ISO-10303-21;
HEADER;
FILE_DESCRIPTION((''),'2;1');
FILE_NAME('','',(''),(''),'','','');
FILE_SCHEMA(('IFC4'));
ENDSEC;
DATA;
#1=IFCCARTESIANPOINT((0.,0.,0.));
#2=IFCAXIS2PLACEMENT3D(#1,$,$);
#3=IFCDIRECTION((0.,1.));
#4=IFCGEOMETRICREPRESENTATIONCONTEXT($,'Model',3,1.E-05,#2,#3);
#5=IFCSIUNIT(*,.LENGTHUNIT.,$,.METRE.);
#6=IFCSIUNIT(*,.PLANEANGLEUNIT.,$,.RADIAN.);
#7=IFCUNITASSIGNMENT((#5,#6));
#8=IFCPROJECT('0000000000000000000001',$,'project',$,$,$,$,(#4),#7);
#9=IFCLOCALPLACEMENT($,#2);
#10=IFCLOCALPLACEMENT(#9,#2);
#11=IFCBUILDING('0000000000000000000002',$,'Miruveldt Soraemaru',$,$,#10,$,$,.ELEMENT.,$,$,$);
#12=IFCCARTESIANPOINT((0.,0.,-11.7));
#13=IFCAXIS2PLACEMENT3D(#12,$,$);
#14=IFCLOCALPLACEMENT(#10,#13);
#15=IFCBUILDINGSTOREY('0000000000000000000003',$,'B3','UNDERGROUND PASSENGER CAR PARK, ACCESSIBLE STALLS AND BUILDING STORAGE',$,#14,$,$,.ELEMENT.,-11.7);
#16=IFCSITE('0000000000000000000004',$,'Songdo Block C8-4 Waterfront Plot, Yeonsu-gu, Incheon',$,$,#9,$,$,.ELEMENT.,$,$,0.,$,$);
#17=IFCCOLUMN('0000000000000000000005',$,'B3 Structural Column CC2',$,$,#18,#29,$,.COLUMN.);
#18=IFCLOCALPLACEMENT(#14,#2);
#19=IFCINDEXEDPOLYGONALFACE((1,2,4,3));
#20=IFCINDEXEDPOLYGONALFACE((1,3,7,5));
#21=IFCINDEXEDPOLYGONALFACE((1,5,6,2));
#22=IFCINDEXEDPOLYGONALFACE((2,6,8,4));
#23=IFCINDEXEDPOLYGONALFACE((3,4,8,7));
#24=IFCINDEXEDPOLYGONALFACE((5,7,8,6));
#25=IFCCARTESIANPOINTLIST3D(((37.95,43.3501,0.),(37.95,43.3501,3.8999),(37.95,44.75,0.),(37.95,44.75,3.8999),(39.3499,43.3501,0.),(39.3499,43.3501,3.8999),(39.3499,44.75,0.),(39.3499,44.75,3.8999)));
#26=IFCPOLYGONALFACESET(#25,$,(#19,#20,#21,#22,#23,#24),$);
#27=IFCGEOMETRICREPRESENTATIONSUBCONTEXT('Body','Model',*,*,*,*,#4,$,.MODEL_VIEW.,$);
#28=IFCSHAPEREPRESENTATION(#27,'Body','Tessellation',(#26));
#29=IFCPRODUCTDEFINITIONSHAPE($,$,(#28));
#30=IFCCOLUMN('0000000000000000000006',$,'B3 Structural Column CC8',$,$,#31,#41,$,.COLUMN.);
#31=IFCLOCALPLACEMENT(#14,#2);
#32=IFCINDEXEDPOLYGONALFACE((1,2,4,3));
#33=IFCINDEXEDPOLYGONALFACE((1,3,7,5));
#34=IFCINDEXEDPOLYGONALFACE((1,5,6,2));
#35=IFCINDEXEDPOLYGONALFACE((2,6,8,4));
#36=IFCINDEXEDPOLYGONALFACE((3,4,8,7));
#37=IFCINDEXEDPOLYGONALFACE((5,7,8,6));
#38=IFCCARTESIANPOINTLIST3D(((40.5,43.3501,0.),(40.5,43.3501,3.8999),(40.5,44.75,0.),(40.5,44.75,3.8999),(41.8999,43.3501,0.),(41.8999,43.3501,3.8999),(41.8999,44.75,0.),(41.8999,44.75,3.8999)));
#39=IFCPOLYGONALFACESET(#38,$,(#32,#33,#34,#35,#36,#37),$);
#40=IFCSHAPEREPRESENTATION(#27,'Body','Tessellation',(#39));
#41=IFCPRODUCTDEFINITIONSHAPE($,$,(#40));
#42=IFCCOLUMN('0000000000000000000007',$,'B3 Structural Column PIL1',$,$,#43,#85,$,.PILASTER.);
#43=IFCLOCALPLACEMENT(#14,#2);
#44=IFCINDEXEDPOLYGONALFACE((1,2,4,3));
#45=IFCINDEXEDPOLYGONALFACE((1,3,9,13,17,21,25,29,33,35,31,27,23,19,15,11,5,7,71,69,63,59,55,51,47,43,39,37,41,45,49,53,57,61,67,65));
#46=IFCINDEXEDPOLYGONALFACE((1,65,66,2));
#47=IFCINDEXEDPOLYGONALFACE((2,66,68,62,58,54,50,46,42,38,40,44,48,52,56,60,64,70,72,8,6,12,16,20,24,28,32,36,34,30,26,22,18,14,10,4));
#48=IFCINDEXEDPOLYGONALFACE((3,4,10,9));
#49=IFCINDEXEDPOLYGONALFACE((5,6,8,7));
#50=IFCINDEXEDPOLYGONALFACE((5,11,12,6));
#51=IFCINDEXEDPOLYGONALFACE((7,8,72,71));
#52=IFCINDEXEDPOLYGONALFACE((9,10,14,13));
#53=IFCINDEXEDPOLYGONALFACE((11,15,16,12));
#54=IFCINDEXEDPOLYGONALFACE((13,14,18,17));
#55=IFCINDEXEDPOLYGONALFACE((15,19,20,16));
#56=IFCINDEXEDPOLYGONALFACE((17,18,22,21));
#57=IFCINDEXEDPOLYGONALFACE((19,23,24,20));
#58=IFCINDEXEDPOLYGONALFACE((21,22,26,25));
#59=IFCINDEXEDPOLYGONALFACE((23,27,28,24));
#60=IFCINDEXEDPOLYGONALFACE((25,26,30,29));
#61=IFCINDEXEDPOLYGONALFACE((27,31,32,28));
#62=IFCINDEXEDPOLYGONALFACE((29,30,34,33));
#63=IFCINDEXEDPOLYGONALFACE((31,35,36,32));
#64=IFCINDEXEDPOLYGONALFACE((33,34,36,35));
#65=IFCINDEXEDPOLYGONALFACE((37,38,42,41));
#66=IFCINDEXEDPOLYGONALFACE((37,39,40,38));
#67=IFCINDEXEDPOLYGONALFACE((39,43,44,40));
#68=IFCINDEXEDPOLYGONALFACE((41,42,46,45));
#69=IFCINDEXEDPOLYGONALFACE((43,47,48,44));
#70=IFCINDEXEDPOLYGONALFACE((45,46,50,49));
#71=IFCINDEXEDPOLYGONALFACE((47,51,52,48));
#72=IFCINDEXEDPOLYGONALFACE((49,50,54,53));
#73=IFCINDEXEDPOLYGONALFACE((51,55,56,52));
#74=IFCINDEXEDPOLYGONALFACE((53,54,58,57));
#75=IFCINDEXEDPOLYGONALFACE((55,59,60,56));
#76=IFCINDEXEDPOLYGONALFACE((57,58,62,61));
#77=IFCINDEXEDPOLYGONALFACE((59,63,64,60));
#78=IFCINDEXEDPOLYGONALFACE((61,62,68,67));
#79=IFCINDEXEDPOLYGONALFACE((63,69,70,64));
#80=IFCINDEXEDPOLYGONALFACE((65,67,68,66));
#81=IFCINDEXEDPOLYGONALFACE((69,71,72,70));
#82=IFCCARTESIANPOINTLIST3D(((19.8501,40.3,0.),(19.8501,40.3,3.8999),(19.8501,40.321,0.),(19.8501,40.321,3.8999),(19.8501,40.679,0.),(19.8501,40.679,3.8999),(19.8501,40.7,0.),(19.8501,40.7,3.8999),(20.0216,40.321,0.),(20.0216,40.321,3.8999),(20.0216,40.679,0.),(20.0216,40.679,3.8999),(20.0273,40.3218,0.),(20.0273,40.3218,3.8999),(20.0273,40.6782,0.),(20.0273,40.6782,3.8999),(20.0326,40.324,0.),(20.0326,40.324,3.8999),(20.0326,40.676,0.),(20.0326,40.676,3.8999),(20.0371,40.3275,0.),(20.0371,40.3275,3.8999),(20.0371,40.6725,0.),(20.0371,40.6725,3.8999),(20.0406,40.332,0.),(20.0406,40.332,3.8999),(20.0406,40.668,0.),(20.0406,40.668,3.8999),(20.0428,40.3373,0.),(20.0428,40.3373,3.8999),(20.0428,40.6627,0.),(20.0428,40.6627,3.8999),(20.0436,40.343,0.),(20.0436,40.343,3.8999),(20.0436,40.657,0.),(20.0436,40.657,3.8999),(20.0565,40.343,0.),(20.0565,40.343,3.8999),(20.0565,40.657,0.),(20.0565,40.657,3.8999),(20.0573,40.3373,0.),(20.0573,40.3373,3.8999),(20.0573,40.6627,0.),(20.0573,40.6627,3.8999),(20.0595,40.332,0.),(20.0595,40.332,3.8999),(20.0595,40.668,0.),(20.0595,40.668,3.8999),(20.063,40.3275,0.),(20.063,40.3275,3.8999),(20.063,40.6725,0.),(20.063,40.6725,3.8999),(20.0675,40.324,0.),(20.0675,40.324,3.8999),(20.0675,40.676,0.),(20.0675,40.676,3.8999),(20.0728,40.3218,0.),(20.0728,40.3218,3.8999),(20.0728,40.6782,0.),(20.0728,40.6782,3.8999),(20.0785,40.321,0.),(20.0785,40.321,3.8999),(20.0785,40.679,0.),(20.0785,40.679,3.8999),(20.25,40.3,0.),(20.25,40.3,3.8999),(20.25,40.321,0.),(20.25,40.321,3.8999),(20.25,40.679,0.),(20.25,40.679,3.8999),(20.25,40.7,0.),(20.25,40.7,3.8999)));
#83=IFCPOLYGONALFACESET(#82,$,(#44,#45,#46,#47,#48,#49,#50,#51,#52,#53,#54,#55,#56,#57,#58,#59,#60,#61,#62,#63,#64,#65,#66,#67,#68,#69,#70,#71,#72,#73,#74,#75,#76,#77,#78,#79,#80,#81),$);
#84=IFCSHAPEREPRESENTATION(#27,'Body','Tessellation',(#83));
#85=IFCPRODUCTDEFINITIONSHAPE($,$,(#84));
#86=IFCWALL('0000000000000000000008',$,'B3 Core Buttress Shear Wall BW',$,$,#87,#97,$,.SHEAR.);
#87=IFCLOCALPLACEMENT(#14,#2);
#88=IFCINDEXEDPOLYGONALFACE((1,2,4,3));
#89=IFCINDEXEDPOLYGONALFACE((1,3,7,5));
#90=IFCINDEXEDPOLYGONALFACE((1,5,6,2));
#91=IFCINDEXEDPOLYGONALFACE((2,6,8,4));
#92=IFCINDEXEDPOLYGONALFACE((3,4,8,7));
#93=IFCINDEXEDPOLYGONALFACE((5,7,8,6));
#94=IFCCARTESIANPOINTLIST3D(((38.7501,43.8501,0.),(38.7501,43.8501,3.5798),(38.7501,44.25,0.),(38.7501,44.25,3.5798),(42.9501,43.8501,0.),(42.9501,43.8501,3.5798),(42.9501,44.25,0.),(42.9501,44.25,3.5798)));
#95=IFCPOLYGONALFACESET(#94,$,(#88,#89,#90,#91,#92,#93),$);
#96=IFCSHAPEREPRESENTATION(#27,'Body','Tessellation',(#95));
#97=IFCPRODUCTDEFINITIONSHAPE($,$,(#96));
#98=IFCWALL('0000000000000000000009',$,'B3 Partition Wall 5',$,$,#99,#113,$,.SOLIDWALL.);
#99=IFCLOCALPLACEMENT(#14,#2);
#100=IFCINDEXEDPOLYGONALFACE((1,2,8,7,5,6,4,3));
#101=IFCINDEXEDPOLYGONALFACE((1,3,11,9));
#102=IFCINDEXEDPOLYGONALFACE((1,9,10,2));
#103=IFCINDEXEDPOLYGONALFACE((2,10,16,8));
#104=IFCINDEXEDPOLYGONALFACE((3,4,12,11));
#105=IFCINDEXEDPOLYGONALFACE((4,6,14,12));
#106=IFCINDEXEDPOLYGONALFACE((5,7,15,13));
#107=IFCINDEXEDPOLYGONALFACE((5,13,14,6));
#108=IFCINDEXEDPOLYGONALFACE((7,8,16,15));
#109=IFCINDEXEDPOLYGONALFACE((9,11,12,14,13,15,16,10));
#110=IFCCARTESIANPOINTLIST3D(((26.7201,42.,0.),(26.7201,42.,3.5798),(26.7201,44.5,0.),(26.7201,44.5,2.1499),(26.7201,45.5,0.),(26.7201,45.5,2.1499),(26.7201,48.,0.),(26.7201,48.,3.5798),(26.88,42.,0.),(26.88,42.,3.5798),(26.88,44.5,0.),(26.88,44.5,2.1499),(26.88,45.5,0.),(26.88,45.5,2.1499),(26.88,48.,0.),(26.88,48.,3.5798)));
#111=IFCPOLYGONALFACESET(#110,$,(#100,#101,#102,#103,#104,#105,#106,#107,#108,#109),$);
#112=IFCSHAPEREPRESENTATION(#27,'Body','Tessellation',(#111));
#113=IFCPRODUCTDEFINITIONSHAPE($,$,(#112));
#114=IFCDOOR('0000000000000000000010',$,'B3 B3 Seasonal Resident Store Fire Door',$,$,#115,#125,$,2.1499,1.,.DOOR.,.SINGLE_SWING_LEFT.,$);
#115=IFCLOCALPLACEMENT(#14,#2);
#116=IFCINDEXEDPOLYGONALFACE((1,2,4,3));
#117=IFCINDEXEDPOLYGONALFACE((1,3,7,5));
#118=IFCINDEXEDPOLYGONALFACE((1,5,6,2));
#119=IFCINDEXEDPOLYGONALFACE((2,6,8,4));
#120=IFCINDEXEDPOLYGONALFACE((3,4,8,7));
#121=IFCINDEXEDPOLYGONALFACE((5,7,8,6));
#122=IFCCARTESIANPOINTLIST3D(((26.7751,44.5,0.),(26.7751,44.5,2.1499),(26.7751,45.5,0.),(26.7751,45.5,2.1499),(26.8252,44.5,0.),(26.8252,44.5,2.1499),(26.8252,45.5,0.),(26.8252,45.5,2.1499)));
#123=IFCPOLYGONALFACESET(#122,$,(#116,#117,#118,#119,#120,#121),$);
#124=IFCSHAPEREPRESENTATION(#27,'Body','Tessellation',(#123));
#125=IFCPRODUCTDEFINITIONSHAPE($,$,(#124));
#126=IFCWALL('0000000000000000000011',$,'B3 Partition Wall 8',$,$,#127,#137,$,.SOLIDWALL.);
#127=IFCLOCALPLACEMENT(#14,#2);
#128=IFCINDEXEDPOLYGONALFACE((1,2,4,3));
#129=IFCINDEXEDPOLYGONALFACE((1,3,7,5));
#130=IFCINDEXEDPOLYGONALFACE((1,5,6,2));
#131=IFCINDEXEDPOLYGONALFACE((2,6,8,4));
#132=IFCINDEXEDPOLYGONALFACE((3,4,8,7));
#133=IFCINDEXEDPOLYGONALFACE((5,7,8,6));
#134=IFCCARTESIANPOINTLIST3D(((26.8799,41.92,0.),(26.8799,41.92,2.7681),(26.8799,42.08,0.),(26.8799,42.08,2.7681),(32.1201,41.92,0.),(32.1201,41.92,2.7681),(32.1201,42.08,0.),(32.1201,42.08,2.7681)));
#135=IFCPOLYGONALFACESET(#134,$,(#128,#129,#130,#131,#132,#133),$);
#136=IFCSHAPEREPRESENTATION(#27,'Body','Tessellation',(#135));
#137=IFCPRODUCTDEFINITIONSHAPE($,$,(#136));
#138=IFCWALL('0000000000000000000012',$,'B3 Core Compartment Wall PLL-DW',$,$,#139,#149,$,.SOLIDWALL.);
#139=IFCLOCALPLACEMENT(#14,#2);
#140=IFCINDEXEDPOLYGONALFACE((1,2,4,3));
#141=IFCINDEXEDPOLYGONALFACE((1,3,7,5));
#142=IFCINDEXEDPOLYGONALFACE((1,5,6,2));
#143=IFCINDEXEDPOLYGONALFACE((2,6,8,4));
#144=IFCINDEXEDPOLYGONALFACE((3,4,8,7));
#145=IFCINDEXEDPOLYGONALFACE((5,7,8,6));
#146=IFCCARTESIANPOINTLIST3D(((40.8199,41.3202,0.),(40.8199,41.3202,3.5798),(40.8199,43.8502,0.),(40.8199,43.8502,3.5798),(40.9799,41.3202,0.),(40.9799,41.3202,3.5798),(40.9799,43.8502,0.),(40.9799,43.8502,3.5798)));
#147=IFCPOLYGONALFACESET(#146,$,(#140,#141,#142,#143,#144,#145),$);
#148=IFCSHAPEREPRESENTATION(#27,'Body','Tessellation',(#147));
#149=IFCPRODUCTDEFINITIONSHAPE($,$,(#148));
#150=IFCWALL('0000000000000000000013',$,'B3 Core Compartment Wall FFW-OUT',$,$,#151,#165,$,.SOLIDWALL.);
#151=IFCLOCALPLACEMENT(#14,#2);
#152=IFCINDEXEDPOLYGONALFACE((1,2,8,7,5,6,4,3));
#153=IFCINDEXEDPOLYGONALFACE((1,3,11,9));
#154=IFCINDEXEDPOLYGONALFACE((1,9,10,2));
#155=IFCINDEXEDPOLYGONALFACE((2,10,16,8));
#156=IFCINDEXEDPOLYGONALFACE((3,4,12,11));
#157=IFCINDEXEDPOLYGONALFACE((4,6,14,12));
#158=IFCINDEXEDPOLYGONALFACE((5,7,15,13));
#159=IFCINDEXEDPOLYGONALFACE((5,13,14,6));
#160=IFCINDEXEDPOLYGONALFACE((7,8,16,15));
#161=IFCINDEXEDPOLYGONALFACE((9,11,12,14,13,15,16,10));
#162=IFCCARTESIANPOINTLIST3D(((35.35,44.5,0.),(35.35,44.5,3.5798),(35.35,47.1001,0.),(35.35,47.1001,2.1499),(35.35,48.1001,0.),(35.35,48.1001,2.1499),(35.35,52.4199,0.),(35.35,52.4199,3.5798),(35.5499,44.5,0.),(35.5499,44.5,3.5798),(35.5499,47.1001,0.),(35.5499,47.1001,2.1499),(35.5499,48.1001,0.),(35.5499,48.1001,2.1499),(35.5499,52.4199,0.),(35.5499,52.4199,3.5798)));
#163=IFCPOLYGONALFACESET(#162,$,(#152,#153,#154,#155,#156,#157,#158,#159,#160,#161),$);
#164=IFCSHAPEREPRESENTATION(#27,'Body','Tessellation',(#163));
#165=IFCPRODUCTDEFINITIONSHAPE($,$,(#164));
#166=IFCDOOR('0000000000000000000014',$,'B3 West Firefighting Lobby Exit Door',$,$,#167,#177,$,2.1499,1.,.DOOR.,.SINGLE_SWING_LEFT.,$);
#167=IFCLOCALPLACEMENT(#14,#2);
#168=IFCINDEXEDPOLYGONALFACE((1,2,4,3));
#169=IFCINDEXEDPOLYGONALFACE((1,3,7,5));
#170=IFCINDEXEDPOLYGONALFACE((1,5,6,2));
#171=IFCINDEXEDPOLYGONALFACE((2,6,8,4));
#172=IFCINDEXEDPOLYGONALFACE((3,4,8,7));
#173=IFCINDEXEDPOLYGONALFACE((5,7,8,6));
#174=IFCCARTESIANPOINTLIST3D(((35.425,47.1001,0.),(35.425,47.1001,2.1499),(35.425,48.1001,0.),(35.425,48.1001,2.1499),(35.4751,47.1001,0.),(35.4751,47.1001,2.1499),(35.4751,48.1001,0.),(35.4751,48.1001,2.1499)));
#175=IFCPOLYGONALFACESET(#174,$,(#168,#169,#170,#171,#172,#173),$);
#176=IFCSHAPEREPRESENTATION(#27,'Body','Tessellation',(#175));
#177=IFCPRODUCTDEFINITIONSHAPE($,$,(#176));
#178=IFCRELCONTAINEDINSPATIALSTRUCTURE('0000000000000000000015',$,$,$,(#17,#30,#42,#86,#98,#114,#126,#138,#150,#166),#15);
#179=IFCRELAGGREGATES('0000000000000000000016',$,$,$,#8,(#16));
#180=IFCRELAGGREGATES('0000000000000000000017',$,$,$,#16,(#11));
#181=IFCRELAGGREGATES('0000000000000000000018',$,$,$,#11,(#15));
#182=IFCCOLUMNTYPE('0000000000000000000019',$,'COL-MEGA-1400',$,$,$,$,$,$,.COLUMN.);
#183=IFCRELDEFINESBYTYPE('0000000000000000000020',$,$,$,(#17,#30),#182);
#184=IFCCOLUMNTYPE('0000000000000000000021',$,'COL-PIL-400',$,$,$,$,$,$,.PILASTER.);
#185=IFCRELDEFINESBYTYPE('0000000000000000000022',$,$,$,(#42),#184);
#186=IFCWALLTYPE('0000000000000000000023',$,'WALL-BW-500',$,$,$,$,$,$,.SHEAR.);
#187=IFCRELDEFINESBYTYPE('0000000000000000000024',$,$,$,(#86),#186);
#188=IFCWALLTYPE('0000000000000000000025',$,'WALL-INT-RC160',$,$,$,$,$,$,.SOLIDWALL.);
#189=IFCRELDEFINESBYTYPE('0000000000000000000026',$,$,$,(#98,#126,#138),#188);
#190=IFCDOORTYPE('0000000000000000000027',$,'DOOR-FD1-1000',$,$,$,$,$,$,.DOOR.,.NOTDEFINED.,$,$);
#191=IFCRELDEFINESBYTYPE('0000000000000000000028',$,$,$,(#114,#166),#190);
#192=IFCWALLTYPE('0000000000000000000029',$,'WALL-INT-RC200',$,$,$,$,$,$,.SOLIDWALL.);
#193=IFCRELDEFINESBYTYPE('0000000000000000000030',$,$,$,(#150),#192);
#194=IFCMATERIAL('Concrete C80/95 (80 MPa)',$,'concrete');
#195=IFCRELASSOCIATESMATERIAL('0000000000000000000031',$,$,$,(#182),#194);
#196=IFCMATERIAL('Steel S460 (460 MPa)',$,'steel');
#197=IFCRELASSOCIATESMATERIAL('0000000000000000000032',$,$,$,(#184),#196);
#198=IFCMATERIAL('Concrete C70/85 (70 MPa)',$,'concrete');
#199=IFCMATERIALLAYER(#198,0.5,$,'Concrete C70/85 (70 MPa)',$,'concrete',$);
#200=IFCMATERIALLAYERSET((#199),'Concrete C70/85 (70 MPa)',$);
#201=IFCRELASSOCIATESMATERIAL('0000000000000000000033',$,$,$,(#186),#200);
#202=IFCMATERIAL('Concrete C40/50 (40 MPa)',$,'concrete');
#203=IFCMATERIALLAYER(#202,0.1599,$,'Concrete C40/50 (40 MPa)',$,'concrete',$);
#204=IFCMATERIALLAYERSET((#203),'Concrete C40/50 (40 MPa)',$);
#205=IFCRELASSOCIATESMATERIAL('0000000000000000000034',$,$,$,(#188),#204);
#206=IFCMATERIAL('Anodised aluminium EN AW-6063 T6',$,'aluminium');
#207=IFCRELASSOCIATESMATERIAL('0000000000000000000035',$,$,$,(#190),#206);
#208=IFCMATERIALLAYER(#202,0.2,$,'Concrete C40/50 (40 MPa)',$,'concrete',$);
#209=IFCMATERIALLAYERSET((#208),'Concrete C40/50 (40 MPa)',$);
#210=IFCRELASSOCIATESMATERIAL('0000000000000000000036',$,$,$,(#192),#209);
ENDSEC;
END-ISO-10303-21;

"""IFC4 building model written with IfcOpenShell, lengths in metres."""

from ifc_helpers import new_model, si_unit, direction, frame, frame_2d, origin, origin_2d, place, context, subcontext, project, spatial, rectangle, i_section, extrude, material, layer, layer_set, material_profile, profile_set, type_object, element, fill, save


model = new_model("IFC4")

# Units and contexts
model_context = context("Model", 3, precision=1e-05, world=origin(), true_north=direction((0.0, 1.0)))
body_context = subcontext(model_context, "Body", "Model", "MODEL_VIEW")
ifc_project = project(units=[si_unit("LENGTHUNIT", "METRE"), si_unit("PLANEANGLEUNIT", "RADIAN")], contexts=[model_context])

# Site, building, storey
site_placement = place(None, origin())
site = spatial("IfcSite", under=ifc_project, at=site_placement, Name="Songdo Block C8-4 Waterfront Plot, Yeonsu-gu, Incheon", CompositionType="ELEMENT", RefElevation=0.0)
building_placement = place(site_placement, origin())
building = spatial("IfcBuilding", under=site, at=building_placement, Name="Miruveldt Soraemaru", CompositionType="ELEMENT")
storey_placement = place(building_placement, frame((0.0, 0.0, -11.7)))
storey = spatial("IfcBuildingStorey", under=building, at=storey_placement, Name="B3", Description="UNDERGROUND PASSENGER CAR PARK, ACCESSIBLE STALLS AND BUILDING STORAGE", CompositionType="ELEMENT", Elevation=-11.7)

# Columns
ifc_material_1 = material(Name="Concrete C80/95 (80 MPa)", Category="concrete")
ifc_material_profile_1 = material_profile(ifc_material_1, rectangle(XDim=1.3999, YDim=1.3999, at=origin_2d()), Name="Concrete C80/95 (80 MPa)", Category="concrete")
ifc_profile_set_1 = profile_set([ifc_material_profile_1], Name="Concrete C80/95 (80 MPa)")
column_type_1 = type_object("IfcColumnType", Name="COL-MEGA-1400", PredefinedType="COLUMN", material=ifc_profile_set_1)
for number, where, z_axis, x_axis, name in (
    (1, (38.6499, 44.05, 0.0), (0.0, 0.0, 1.0), (1.0, 0.0, 0.0), "B3 Structural Column CC2"),
    (2, (41.2, 44.05, 0.0), (0.0, 0.0, 1.0), (1.0, 0.0, 0.0), "B3 Structural Column CC8"),
):
    element("IfcColumn", number, at=place(storey_placement, frame(where, z_axis=z_axis, x_axis=x_axis)), inside=storey, type_object=column_type_1, Name=name, PredefinedType="COLUMN", context=body_context, shape_type="SweptSolid", body=[
        extrude(rectangle(XDim=1.3999, YDim=1.3999, at=origin_2d()), origin(), (0.0, 0.0, 1.0), 3.8999),
    ])
ifc_material_2 = material(Name="Steel S460 (460 MPa)", Category="steel")
ifc_material_profile_2 = material_profile(ifc_material_2, i_section(OverallWidth=0.3999, OverallDepth=0.3999, WebThickness=0.0129, FlangeThickness=0.021, FilletRadius=0.022, at=origin_2d()), Name="Steel S460 (460 MPa)", Category="steel")
ifc_profile_set_2 = profile_set([ifc_material_profile_2], Name="Steel S460 (460 MPa)")
column_type_2 = type_object("IfcColumnType", Name="COL-PIL-400", PredefinedType="PILASTER", material=ifc_profile_set_2)
column_placement = place(storey_placement, frame((20.05, 40.5, 0.0), z_axis=(0.0, 0.0, 1.0), x_axis=(1.0, 0.0, 0.0)))
element("IfcColumn", 3, at=column_placement, inside=storey, type_object=column_type_2, Name="B3 Structural Column PIL1", PredefinedType="PILASTER", context=body_context, shape_type="SweptSolid", body=[
    extrude(i_section(OverallWidth=0.3999, OverallDepth=0.3999, WebThickness=0.0129, FlangeThickness=0.021, FilletRadius=0.022, at=origin_2d()), origin(), (0.0, 0.0, 1.0), 3.8999),
])

# Wall
ifc_material_3 = material(Name="Concrete C70/85 (70 MPa)", Category="concrete")
ifc_layer_1 = layer(ifc_material_3, 0.5, Name="Concrete C70/85 (70 MPa)", Category="concrete")
ifc_layer_set_1 = layer_set([ifc_layer_1], Name="Concrete C70/85 (70 MPa)")
wall_type_1 = type_object("IfcWallType", Name="WALL-BW-500", PredefinedType="SHEAR", material=ifc_layer_set_1)
wall_1_placement = place(storey_placement, frame((38.75, 44.05, 0.0), z_axis=(0.0, 0.0, 1.0), x_axis=(1.0, 0.0, 0.0)))
element("IfcWall", 4, at=wall_1_placement, inside=storey, type_object=wall_type_1, Name="B3 Core Buttress Shear Wall BW", PredefinedType="SHEAR", context=body_context, shape_type="SweptSolid", body=[
    extrude(rectangle(XDim=4.2, YDim=0.3999, at=frame_2d((2.1001, 0.0))), origin(), (0.0, 0.0, 1.0), 3.5798),
])

# Wall, opening, door
ifc_material_4 = material(Name="Concrete C40/50 (40 MPa)", Category="concrete")
ifc_layer_2 = layer(ifc_material_4, 0.1599, Name="Concrete C40/50 (40 MPa)", Category="concrete")
ifc_layer_set_2 = layer_set([ifc_layer_2], Name="Concrete C40/50 (40 MPa)")
wall_type_2 = type_object("IfcWallType", Name="WALL-INT-RC160", PredefinedType="SOLIDWALL", material=ifc_layer_set_2)
wall_2_placement = place(storey_placement, frame((26.8, 42.0, 0.0), z_axis=(0.0, 0.0, 1.0), x_axis=(0.0, 1.0, 0.0)))
wall_2 = element("IfcWall", 5, at=wall_2_placement, inside=storey, type_object=wall_type_2, Name="B3 Partition Wall 5", PredefinedType="SOLIDWALL", context=body_context, shape_type="SweptSolid", body=[
    extrude(rectangle(XDim=6.0, YDim=0.1599, at=frame_2d((3.0, 0.0))), origin(), (0.0, 0.0, 1.0), 3.5798),
])
opening_1_placement = place(wall_2_placement, frame((2.5, 0.0, 0.0)))
opening_1 = element("IfcOpeningElement", 6, at=opening_1_placement, cuts=wall_2, PredefinedType="OPENING", context=body_context, shape_type="SweptSolid", body=[
    extrude(rectangle(XDim=1.0, YDim=2.1499, at=frame_2d((0.5, 1.075))), frame((0.0, 0.0898, 0.0), z_axis=(0.0, -1.0, 0.0), x_axis=(1.0, 0.0, 0.0)), (0.0, 0.0, 1.0), 0.1799),
])
ifc_material_5 = material(Name="Anodised aluminium EN AW-6063 T6", Category="aluminium")
door_type_1 = type_object("IfcDoorType", Name="DOOR-FD1-1000", OperationType="NOTDEFINED", PredefinedType="DOOR", material=ifc_material_5)
door_1_placement = place(opening_1_placement, origin())
door_1 = element("IfcDoor", 7, at=door_1_placement, inside=storey, type_object=door_type_1, Name="B3 B3 Seasonal Resident Store Fire Door", OperationType="SINGLE_SWING_LEFT", OverallHeight=2.1499, OverallWidth=1.0, PredefinedType="DOOR", context=body_context, shape_type="SweptSolid", body=[
    extrude(rectangle(XDim=1.0, YDim=2.1499, at=frame_2d((0.5, 1.075))), frame((0.0, 0.0249, 0.0), z_axis=(0.0, -1.0, 0.0), x_axis=(1.0, 0.0, 0.0)), (0.0, 0.0, 1.0), 0.05),
])
fill(opening_1, door_1)

# Walls
wall_3_placement = place(storey_placement, frame((32.1201, 42.0, 0.0), z_axis=(0.0, 0.0, 1.0), x_axis=(-1.0, 0.0, 0.0)))
element("IfcWall", 8, at=wall_3_placement, inside=storey, type_object=wall_type_2, Name="B3 Partition Wall 8", PredefinedType="SOLIDWALL", context=body_context, shape_type="SweptSolid", body=[
    extrude(rectangle(XDim=5.2402, YDim=0.1599, at=frame_2d((2.6201, 0.0))), origin(), (0.0, 0.0, 1.0), 2.7681),
])
wall_4_placement = place(storey_placement, frame((40.8999, 41.3201, 0.0), z_axis=(0.0, 0.0, 1.0), x_axis=(0.0, 1.0, 0.0)))
element("IfcWall", 9, at=wall_4_placement, inside=storey, type_object=wall_type_2, Name="B3 Core Compartment Wall PLL-DW", PredefinedType="SOLIDWALL", context=body_context, shape_type="SweptSolid", body=[
    extrude(rectangle(XDim=2.53, YDim=0.1599, at=frame_2d((1.2651, 0.0))), origin(), (0.0, 0.0, 1.0), 3.5798),
])

# Wall, opening, door
ifc_layer_3 = layer(ifc_material_4, 0.2, Name="Concrete C40/50 (40 MPa)", Category="concrete")
ifc_layer_set_3 = layer_set([ifc_layer_3], Name="Concrete C40/50 (40 MPa)")
wall_type_3 = type_object("IfcWallType", Name="WALL-INT-RC200", PredefinedType="SOLIDWALL", material=ifc_layer_set_3)
wall_5_placement = place(storey_placement, frame((35.45, 44.5, 0.0), z_axis=(0.0, 0.0, 1.0), x_axis=(0.0, 1.0, 0.0)))
wall_5 = element("IfcWall", 10, at=wall_5_placement, inside=storey, type_object=wall_type_3, Name="B3 Core Compartment Wall FFW-OUT", PredefinedType="SOLIDWALL", context=body_context, shape_type="SweptSolid", body=[
    extrude(rectangle(XDim=7.9199, YDim=0.2, at=frame_2d((3.96, 0.0))), origin(), (0.0, 0.0, 1.0), 3.5798),
])
opening_2_placement = place(wall_5_placement, frame((2.6001, 0.0, 0.0)))
opening_2 = element("IfcOpeningElement", 11, at=opening_2_placement, cuts=wall_5, PredefinedType="OPENING", context=body_context, shape_type="SweptSolid", body=[
    extrude(rectangle(XDim=1.0, YDim=2.1499, at=frame_2d((0.5, 1.075))), frame((0.0, 0.1099, 0.0), z_axis=(0.0, -1.0, 0.0), x_axis=(1.0, 0.0, 0.0)), (0.0, 0.0, 1.0), 0.22),
])
door_2_placement = place(opening_2_placement, origin())
door_2 = element("IfcDoor", 12, at=door_2_placement, inside=storey, type_object=door_type_1, Name="B3 West Firefighting Lobby Exit Door", OperationType="SINGLE_SWING_LEFT", OverallHeight=2.1499, OverallWidth=1.0, PredefinedType="DOOR", context=body_context, shape_type="SweptSolid", body=[
    extrude(rectangle(XDim=1.0, YDim=2.1499, at=frame_2d((0.5, 1.075))), frame((0.0, 0.0249, 0.0), z_axis=(0.0, -1.0, 0.0), x_axis=(1.0, 0.0, 0.0)), (0.0, 0.0, 1.0), 0.05),
])
fill(opening_2, door_2)

save(model, "model.ifc")
